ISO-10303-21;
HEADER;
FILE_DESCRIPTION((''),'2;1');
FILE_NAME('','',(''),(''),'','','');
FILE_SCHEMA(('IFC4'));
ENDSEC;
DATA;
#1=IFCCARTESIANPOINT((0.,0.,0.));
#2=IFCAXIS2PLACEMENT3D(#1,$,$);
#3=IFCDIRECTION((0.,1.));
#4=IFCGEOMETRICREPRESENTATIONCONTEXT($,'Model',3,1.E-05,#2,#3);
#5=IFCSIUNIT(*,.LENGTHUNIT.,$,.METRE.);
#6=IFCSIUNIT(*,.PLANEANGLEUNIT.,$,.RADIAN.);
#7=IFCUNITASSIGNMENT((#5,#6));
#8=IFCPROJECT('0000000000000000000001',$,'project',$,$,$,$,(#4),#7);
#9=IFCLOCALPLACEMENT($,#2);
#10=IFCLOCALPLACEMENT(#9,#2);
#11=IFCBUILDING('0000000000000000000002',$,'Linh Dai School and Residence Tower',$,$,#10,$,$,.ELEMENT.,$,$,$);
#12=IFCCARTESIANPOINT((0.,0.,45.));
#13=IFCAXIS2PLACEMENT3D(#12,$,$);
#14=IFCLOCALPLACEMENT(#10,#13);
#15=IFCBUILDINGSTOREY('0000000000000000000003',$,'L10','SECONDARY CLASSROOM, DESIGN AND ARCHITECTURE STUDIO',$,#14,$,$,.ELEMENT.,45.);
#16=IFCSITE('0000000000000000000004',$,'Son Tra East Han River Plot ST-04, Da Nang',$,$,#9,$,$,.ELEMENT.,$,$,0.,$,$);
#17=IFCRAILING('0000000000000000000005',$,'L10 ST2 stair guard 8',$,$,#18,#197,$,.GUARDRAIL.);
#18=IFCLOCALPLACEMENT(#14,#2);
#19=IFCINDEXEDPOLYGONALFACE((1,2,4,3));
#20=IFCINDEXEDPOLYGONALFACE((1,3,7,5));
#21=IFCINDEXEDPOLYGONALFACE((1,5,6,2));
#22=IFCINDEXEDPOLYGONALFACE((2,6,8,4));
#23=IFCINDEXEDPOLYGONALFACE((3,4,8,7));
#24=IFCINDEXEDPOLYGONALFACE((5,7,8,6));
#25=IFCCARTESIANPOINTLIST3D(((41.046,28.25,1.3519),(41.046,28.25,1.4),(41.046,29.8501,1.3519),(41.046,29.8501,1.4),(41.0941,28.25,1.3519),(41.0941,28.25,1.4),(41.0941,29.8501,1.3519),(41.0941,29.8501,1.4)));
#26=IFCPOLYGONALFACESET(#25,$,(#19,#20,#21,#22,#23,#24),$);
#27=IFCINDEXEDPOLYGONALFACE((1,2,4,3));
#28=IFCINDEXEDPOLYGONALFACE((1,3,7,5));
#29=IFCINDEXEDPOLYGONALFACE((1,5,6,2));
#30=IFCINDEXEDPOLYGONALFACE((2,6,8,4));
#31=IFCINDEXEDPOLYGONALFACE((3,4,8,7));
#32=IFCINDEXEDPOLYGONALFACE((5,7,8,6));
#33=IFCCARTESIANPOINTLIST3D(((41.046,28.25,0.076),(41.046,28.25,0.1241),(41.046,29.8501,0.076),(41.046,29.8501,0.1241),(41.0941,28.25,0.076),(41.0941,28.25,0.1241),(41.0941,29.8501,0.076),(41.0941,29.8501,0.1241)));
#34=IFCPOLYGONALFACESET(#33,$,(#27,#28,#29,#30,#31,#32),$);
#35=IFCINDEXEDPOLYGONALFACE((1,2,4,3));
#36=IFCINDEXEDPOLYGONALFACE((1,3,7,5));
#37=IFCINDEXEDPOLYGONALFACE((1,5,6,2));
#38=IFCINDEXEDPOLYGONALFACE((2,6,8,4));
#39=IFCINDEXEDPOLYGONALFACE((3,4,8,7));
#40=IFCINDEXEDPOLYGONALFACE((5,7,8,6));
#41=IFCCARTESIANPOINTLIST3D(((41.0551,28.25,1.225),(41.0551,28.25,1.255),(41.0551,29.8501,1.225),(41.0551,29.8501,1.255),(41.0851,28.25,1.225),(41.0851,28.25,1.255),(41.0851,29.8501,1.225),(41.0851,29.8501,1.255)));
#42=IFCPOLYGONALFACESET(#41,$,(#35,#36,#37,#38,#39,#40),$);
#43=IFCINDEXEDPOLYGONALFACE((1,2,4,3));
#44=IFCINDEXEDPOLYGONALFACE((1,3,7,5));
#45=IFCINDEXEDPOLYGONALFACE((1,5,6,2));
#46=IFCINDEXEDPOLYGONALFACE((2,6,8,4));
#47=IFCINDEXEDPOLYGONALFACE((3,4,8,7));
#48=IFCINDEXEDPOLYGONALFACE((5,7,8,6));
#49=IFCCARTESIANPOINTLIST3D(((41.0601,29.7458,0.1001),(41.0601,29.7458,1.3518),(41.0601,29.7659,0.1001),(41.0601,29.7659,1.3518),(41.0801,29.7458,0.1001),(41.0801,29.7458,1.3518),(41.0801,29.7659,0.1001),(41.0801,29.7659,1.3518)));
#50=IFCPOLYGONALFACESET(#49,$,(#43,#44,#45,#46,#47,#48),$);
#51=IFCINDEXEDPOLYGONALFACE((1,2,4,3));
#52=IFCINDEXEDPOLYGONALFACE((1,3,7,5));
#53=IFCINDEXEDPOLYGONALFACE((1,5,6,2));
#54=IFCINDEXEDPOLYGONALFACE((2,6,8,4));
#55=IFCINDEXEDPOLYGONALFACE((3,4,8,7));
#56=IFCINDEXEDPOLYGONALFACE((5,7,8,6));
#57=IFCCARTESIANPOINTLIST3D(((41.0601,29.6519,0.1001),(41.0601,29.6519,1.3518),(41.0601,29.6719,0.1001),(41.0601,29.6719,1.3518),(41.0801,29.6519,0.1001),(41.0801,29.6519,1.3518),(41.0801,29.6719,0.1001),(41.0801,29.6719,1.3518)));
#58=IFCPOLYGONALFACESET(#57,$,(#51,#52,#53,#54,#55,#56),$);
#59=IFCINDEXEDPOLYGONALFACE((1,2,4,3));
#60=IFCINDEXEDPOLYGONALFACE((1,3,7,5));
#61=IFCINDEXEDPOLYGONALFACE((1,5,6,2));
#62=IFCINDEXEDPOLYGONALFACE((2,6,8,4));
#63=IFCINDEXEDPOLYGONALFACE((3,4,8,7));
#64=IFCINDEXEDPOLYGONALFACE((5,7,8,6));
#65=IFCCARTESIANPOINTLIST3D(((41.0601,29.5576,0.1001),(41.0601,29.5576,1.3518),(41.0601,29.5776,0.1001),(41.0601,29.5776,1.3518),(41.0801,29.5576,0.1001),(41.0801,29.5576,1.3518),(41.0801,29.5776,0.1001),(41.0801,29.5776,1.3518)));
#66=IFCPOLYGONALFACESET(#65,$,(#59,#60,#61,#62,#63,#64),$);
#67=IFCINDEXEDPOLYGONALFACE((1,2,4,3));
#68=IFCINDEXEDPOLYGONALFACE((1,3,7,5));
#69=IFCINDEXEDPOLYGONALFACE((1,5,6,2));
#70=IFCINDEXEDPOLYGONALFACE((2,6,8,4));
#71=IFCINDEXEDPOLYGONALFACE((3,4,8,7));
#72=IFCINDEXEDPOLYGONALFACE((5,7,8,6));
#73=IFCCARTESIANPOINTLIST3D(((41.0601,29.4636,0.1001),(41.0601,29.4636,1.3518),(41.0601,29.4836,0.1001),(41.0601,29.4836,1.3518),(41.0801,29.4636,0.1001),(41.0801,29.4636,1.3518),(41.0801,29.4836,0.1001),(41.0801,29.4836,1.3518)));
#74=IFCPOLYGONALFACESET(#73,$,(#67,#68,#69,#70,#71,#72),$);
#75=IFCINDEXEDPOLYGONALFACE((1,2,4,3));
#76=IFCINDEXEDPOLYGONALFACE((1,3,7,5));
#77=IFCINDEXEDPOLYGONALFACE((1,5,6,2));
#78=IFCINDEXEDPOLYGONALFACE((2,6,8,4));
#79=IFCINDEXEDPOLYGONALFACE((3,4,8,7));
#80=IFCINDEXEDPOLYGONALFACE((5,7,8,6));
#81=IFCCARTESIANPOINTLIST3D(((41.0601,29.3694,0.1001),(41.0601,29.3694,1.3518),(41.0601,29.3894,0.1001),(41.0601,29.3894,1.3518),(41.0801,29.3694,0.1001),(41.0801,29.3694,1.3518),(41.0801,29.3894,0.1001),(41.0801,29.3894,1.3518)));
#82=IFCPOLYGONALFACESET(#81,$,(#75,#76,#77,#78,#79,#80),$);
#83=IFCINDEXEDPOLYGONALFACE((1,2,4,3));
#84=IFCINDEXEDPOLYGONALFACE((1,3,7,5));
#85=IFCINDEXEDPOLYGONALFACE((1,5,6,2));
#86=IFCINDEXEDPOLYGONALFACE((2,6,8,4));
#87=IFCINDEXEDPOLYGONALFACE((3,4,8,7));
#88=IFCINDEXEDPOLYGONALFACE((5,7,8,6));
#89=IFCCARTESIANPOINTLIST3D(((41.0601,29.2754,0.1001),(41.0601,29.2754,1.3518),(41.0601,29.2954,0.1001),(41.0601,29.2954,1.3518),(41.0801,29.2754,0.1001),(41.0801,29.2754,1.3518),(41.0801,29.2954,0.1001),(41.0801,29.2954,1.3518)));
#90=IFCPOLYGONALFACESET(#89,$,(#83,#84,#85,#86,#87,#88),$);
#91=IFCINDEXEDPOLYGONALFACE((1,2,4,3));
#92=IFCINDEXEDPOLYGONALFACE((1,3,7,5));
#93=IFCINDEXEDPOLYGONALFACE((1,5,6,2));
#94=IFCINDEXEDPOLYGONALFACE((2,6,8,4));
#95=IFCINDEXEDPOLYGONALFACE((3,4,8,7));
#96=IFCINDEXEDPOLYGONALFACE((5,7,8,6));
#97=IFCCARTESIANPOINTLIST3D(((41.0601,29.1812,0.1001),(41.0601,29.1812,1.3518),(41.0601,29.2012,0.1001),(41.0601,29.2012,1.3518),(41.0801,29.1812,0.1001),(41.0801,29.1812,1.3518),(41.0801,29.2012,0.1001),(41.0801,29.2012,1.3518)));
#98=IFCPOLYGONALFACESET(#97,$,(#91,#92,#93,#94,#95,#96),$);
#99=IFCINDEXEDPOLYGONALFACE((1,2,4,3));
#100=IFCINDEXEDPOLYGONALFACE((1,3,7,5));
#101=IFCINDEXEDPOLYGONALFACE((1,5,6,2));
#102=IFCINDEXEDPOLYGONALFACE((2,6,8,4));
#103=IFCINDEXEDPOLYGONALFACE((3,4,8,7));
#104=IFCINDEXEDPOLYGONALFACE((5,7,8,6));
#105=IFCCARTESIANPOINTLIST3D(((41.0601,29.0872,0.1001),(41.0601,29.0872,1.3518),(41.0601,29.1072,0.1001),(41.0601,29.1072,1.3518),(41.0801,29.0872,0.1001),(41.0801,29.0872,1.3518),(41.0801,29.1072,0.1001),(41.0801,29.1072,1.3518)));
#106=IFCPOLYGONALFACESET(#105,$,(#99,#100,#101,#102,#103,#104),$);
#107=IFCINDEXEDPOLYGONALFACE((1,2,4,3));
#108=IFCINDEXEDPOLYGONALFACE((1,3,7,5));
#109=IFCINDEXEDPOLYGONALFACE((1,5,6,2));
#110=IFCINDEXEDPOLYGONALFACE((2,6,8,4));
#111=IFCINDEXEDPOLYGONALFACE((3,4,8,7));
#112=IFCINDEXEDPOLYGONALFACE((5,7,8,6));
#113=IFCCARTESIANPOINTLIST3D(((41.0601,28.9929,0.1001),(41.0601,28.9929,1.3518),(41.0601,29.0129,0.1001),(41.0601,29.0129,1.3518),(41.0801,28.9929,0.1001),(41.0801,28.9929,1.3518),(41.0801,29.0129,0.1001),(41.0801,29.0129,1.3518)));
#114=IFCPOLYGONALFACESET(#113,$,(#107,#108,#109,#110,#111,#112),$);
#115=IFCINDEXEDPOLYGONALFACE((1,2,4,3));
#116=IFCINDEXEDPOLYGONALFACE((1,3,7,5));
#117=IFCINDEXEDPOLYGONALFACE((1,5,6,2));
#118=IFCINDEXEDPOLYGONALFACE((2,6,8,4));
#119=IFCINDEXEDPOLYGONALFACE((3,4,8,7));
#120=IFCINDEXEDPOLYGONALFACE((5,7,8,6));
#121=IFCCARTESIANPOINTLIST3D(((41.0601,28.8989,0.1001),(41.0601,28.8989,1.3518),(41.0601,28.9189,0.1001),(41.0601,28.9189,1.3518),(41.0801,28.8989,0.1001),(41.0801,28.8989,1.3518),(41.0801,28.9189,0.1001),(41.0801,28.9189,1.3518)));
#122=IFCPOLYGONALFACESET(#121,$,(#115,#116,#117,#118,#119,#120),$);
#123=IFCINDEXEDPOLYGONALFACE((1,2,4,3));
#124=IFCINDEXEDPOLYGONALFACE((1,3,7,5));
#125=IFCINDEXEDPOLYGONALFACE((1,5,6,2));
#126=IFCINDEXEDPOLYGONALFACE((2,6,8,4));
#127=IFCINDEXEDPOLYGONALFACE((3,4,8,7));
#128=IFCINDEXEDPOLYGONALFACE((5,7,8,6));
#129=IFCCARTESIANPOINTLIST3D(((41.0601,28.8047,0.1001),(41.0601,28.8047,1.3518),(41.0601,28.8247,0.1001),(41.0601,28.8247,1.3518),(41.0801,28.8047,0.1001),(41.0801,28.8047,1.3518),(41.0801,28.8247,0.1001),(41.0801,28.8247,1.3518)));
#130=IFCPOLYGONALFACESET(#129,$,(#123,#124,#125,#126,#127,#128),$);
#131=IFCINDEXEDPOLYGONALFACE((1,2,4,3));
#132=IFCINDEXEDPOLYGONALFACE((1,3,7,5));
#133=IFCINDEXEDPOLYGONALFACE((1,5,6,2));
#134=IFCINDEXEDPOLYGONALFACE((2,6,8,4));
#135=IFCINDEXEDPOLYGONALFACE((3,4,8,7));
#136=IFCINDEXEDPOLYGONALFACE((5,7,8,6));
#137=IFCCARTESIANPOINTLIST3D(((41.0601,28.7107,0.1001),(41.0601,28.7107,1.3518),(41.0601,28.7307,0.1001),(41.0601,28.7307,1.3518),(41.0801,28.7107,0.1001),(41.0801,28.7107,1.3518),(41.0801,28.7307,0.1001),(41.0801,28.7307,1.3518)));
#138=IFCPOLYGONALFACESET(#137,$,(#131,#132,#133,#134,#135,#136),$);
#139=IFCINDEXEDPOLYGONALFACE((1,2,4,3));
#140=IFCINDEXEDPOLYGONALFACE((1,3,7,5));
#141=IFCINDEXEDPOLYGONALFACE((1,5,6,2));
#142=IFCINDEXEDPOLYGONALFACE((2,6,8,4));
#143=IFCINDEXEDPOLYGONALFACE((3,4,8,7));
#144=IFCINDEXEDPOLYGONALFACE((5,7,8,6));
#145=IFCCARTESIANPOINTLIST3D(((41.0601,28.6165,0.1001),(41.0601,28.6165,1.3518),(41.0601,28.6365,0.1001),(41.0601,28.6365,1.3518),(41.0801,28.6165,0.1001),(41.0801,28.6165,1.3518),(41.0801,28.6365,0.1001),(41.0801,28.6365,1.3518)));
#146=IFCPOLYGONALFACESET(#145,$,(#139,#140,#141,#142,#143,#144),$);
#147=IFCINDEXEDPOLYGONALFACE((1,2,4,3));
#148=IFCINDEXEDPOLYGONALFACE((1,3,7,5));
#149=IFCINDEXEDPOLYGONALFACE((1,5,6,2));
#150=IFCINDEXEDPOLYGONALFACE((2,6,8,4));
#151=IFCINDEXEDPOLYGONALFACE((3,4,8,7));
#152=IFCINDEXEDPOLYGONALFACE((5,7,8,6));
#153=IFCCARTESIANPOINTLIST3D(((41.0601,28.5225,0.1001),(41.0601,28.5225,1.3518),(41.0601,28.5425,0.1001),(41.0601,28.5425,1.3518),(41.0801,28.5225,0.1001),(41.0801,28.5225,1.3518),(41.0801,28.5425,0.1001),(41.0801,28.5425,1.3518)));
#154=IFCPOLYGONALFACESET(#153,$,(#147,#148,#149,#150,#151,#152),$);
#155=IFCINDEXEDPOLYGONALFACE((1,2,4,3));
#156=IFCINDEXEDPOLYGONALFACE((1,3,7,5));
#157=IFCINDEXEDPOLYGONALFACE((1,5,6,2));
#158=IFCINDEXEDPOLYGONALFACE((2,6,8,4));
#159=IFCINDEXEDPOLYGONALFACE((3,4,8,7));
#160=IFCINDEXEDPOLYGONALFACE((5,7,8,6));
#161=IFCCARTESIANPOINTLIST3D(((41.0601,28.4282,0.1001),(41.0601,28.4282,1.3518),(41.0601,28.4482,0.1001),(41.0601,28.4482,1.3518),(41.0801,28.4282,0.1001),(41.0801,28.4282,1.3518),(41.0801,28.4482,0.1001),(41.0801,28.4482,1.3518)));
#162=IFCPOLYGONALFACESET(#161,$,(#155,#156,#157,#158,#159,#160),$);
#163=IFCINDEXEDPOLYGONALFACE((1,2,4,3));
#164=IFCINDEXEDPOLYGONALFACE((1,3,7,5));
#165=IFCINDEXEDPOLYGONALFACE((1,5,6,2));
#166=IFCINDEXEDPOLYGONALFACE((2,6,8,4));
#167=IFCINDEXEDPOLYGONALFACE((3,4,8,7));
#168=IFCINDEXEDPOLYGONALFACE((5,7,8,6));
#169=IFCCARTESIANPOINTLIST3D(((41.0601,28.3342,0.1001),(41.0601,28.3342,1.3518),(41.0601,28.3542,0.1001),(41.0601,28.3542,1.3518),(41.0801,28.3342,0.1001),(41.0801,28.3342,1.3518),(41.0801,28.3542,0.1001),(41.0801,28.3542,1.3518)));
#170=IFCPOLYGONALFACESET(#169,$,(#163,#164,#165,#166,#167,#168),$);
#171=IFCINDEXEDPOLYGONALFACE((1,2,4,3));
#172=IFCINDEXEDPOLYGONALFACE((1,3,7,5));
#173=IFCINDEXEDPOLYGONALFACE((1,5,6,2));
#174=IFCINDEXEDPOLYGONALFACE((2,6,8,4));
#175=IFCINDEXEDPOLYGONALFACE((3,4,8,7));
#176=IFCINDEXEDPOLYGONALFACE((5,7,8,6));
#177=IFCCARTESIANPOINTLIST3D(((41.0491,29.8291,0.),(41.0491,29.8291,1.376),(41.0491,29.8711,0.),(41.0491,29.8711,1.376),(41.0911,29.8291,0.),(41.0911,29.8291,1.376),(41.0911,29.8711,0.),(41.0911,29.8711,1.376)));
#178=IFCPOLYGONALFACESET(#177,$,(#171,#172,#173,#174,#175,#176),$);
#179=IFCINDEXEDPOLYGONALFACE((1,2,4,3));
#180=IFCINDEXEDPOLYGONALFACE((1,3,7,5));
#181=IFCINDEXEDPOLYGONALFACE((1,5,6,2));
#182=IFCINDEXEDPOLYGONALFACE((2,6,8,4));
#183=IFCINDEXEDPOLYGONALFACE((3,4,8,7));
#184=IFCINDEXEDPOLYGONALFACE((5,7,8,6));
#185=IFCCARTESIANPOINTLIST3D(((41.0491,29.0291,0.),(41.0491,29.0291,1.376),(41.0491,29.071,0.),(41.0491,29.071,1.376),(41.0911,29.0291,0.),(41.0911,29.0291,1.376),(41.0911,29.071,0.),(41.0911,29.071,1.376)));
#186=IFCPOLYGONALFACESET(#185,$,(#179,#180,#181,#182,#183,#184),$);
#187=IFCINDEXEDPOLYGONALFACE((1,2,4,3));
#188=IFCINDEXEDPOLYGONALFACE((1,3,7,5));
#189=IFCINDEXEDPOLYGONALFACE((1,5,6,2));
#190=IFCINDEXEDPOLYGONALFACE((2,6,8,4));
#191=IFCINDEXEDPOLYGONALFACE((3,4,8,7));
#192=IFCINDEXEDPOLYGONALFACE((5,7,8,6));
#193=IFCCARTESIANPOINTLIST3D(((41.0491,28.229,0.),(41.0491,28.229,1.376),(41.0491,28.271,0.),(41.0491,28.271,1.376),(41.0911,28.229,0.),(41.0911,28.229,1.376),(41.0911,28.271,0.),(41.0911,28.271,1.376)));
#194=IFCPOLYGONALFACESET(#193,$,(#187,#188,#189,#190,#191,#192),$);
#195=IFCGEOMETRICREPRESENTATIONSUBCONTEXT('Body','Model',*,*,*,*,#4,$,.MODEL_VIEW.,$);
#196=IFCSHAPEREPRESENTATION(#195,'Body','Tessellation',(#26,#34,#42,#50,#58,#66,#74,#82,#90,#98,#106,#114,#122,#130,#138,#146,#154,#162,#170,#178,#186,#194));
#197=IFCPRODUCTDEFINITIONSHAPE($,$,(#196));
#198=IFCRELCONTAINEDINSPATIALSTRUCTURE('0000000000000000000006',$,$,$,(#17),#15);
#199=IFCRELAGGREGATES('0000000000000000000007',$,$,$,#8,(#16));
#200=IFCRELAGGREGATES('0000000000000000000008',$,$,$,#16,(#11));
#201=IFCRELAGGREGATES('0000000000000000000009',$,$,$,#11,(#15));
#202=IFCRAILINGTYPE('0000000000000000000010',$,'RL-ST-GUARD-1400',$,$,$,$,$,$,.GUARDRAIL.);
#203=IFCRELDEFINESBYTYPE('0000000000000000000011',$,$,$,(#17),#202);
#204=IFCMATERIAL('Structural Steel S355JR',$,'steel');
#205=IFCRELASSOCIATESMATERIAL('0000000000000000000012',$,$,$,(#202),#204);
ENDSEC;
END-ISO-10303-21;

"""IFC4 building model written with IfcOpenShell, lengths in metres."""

from ifc_helpers import new_model, si_unit, direction, frame, origin, origin_2d, place, context, subcontext, project, spatial, rectangle, extrude, source, transform, mapped, material, type_object, element, save


model = new_model("IFC4")

# Units and contexts
model_context = context("Model", 3, precision=1e-05, world=origin(), true_north=direction((0.0, 1.0)))
body_context = subcontext(model_context, "Body", "Model", "MODEL_VIEW")
ifc_project = project(units=[si_unit("LENGTHUNIT", "METRE"), si_unit("PLANEANGLEUNIT", "RADIAN")], contexts=[model_context])

# Site, building, storey
site_placement = place(None, origin())
site = spatial("IfcSite", under=ifc_project, at=site_placement, Name="Son Tra East Han River Plot ST-04, Da Nang", CompositionType="ELEMENT", RefElevation=0.0)
building_placement = place(site_placement, origin())
building = spatial("IfcBuilding", under=site, at=building_placement, Name="Linh Dai School and Residence Tower", CompositionType="ELEMENT")
storey_placement = place(building_placement, frame((0.0, 0.0, 45.0)))
storey = spatial("IfcBuildingStorey", under=building, at=storey_placement, Name="L10", Description="SECONDARY CLASSROOM, DESIGN AND ARCHITECTURE STUDIO", CompositionType="ELEMENT", Elevation=45.0)

# Shared definitions
ifc_material_1 = material(Name="Structural Steel S355JR", Category="steel")

# Railing
railing_type_1 = type_object("IfcRailingType", Name="RL-ST-GUARD-1400", PredefinedType="GUARDRAIL", material=ifc_material_1)
shared_shape_1 = source(origin(), body_context, "Body", "SweptSolid", [
    extrude(rectangle(XDim=0.0481, YDim=0.0481, at=origin_2d()), frame((0.0, 0.0, 1.376), z_axis=(0.0, -1.0, 0.0), x_axis=(1.0, 0.0, 0.0)), (0.0, 0.0, 1.0), 1.6001),
    extrude(rectangle(XDim=0.0481, YDim=0.0481, at=origin_2d()), frame((0.0, 0.0, 0.1001), z_axis=(0.0, -1.0, 0.0), x_axis=(1.0, 0.0, 0.0)), (0.0, 0.0, 1.0), 1.6001),
    extrude(rectangle(XDim=0.03, YDim=0.03, at=origin_2d()), frame((0.0, 0.0, 1.24), z_axis=(0.0, -1.0, 0.0), x_axis=(1.0, 0.0, 0.0)), (0.0, 0.0, 1.0), 1.6001),
    extrude(rectangle(XDim=0.02, YDim=0.02, at=origin_2d()), frame((0.0, -0.0942, 0.1001)), (0.0, 0.0, 1.0), 1.2517),
    extrude(rectangle(XDim=0.02, YDim=0.02, at=origin_2d()), frame((0.0, -0.1882, 0.1001)), (0.0, 0.0, 1.0), 1.2517),
    extrude(rectangle(XDim=0.02, YDim=0.02, at=origin_2d()), frame((0.0, -0.2825, 0.1001)), (0.0, 0.0, 1.0), 1.2517),
    extrude(rectangle(XDim=0.02, YDim=0.02, at=origin_2d()), frame((0.0, -0.3765, 0.1001)), (0.0, 0.0, 1.0), 1.2517),
    extrude(rectangle(XDim=0.02, YDim=0.02, at=origin_2d()), frame((0.0, -0.4707, 0.1001)), (0.0, 0.0, 1.0), 1.2517),
    extrude(rectangle(XDim=0.02, YDim=0.02, at=origin_2d()), frame((0.0, -0.5647, 0.1001)), (0.0, 0.0, 1.0), 1.2517),
    extrude(rectangle(XDim=0.02, YDim=0.02, at=origin_2d()), frame((0.0, -0.6589, 0.1001)), (0.0, 0.0, 1.0), 1.2517),
    extrude(rectangle(XDim=0.02, YDim=0.02, at=origin_2d()), frame((0.0, -0.7529, 0.1001)), (0.0, 0.0, 1.0), 1.2517),
    extrude(rectangle(XDim=0.02, YDim=0.02, at=origin_2d()), frame((0.0, -0.8472, 0.1001)), (0.0, 0.0, 1.0), 1.2517),
    extrude(rectangle(XDim=0.02, YDim=0.02, at=origin_2d()), frame((0.0, -0.9412, 0.1001)), (0.0, 0.0, 1.0), 1.2517),
    extrude(rectangle(XDim=0.02, YDim=0.02, at=origin_2d()), frame((0.0, -1.0354, 0.1001)), (0.0, 0.0, 1.0), 1.2517),
    extrude(rectangle(XDim=0.02, YDim=0.02, at=origin_2d()), frame((0.0, -1.1294, 0.1001)), (0.0, 0.0, 1.0), 1.2517),
    extrude(rectangle(XDim=0.02, YDim=0.02, at=origin_2d()), frame((0.0, -1.2236, 0.1001)), (0.0, 0.0, 1.0), 1.2517),
    extrude(rectangle(XDim=0.02, YDim=0.02, at=origin_2d()), frame((0.0, -1.3176, 0.1001)), (0.0, 0.0, 1.0), 1.2517),
    extrude(rectangle(XDim=0.02, YDim=0.02, at=origin_2d()), frame((0.0, -1.4119, 0.1001)), (0.0, 0.0, 1.0), 1.2517),
    extrude(rectangle(XDim=0.02, YDim=0.02, at=origin_2d()), frame((0.0, -1.5059, 0.1001)), (0.0, 0.0, 1.0), 1.2517),
    extrude(rectangle(XDim=0.042, YDim=0.042, at=origin_2d()), origin(), (0.0, 0.0, 1.0), 1.376),
    extrude(rectangle(XDim=0.042, YDim=0.042, at=origin_2d()), frame((0.0, -0.8, 0.0)), (0.0, 0.0, 1.0), 1.376),
    extrude(rectangle(XDim=0.042, YDim=0.042, at=origin_2d()), frame((0.0, -1.6001, 0.0)), (0.0, 0.0, 1.0), 1.376),
])
for number, where, name in (
    (1, (41.0701, 29.8501, 0.0), "L10 ST2 stair guard 8"),
):
    element("IfcRailing", number, at=place(storey_placement, frame(where)), inside=storey, type_object=railing_type_1, Name=name, PredefinedType="GUARDRAIL", context=body_context, shape_type="MappedRepresentation", body=[
        mapped(shared_shape_1, transform((0.0, 0.0, 0.0), x_axis=(1.0, 0.0, 0.0), y_axis=(0.0, 1.0, 0.0), z_axis=(0.0, 0.0, 1.0), scale=1.0)),
    ])

save(model, "model.ifc")
